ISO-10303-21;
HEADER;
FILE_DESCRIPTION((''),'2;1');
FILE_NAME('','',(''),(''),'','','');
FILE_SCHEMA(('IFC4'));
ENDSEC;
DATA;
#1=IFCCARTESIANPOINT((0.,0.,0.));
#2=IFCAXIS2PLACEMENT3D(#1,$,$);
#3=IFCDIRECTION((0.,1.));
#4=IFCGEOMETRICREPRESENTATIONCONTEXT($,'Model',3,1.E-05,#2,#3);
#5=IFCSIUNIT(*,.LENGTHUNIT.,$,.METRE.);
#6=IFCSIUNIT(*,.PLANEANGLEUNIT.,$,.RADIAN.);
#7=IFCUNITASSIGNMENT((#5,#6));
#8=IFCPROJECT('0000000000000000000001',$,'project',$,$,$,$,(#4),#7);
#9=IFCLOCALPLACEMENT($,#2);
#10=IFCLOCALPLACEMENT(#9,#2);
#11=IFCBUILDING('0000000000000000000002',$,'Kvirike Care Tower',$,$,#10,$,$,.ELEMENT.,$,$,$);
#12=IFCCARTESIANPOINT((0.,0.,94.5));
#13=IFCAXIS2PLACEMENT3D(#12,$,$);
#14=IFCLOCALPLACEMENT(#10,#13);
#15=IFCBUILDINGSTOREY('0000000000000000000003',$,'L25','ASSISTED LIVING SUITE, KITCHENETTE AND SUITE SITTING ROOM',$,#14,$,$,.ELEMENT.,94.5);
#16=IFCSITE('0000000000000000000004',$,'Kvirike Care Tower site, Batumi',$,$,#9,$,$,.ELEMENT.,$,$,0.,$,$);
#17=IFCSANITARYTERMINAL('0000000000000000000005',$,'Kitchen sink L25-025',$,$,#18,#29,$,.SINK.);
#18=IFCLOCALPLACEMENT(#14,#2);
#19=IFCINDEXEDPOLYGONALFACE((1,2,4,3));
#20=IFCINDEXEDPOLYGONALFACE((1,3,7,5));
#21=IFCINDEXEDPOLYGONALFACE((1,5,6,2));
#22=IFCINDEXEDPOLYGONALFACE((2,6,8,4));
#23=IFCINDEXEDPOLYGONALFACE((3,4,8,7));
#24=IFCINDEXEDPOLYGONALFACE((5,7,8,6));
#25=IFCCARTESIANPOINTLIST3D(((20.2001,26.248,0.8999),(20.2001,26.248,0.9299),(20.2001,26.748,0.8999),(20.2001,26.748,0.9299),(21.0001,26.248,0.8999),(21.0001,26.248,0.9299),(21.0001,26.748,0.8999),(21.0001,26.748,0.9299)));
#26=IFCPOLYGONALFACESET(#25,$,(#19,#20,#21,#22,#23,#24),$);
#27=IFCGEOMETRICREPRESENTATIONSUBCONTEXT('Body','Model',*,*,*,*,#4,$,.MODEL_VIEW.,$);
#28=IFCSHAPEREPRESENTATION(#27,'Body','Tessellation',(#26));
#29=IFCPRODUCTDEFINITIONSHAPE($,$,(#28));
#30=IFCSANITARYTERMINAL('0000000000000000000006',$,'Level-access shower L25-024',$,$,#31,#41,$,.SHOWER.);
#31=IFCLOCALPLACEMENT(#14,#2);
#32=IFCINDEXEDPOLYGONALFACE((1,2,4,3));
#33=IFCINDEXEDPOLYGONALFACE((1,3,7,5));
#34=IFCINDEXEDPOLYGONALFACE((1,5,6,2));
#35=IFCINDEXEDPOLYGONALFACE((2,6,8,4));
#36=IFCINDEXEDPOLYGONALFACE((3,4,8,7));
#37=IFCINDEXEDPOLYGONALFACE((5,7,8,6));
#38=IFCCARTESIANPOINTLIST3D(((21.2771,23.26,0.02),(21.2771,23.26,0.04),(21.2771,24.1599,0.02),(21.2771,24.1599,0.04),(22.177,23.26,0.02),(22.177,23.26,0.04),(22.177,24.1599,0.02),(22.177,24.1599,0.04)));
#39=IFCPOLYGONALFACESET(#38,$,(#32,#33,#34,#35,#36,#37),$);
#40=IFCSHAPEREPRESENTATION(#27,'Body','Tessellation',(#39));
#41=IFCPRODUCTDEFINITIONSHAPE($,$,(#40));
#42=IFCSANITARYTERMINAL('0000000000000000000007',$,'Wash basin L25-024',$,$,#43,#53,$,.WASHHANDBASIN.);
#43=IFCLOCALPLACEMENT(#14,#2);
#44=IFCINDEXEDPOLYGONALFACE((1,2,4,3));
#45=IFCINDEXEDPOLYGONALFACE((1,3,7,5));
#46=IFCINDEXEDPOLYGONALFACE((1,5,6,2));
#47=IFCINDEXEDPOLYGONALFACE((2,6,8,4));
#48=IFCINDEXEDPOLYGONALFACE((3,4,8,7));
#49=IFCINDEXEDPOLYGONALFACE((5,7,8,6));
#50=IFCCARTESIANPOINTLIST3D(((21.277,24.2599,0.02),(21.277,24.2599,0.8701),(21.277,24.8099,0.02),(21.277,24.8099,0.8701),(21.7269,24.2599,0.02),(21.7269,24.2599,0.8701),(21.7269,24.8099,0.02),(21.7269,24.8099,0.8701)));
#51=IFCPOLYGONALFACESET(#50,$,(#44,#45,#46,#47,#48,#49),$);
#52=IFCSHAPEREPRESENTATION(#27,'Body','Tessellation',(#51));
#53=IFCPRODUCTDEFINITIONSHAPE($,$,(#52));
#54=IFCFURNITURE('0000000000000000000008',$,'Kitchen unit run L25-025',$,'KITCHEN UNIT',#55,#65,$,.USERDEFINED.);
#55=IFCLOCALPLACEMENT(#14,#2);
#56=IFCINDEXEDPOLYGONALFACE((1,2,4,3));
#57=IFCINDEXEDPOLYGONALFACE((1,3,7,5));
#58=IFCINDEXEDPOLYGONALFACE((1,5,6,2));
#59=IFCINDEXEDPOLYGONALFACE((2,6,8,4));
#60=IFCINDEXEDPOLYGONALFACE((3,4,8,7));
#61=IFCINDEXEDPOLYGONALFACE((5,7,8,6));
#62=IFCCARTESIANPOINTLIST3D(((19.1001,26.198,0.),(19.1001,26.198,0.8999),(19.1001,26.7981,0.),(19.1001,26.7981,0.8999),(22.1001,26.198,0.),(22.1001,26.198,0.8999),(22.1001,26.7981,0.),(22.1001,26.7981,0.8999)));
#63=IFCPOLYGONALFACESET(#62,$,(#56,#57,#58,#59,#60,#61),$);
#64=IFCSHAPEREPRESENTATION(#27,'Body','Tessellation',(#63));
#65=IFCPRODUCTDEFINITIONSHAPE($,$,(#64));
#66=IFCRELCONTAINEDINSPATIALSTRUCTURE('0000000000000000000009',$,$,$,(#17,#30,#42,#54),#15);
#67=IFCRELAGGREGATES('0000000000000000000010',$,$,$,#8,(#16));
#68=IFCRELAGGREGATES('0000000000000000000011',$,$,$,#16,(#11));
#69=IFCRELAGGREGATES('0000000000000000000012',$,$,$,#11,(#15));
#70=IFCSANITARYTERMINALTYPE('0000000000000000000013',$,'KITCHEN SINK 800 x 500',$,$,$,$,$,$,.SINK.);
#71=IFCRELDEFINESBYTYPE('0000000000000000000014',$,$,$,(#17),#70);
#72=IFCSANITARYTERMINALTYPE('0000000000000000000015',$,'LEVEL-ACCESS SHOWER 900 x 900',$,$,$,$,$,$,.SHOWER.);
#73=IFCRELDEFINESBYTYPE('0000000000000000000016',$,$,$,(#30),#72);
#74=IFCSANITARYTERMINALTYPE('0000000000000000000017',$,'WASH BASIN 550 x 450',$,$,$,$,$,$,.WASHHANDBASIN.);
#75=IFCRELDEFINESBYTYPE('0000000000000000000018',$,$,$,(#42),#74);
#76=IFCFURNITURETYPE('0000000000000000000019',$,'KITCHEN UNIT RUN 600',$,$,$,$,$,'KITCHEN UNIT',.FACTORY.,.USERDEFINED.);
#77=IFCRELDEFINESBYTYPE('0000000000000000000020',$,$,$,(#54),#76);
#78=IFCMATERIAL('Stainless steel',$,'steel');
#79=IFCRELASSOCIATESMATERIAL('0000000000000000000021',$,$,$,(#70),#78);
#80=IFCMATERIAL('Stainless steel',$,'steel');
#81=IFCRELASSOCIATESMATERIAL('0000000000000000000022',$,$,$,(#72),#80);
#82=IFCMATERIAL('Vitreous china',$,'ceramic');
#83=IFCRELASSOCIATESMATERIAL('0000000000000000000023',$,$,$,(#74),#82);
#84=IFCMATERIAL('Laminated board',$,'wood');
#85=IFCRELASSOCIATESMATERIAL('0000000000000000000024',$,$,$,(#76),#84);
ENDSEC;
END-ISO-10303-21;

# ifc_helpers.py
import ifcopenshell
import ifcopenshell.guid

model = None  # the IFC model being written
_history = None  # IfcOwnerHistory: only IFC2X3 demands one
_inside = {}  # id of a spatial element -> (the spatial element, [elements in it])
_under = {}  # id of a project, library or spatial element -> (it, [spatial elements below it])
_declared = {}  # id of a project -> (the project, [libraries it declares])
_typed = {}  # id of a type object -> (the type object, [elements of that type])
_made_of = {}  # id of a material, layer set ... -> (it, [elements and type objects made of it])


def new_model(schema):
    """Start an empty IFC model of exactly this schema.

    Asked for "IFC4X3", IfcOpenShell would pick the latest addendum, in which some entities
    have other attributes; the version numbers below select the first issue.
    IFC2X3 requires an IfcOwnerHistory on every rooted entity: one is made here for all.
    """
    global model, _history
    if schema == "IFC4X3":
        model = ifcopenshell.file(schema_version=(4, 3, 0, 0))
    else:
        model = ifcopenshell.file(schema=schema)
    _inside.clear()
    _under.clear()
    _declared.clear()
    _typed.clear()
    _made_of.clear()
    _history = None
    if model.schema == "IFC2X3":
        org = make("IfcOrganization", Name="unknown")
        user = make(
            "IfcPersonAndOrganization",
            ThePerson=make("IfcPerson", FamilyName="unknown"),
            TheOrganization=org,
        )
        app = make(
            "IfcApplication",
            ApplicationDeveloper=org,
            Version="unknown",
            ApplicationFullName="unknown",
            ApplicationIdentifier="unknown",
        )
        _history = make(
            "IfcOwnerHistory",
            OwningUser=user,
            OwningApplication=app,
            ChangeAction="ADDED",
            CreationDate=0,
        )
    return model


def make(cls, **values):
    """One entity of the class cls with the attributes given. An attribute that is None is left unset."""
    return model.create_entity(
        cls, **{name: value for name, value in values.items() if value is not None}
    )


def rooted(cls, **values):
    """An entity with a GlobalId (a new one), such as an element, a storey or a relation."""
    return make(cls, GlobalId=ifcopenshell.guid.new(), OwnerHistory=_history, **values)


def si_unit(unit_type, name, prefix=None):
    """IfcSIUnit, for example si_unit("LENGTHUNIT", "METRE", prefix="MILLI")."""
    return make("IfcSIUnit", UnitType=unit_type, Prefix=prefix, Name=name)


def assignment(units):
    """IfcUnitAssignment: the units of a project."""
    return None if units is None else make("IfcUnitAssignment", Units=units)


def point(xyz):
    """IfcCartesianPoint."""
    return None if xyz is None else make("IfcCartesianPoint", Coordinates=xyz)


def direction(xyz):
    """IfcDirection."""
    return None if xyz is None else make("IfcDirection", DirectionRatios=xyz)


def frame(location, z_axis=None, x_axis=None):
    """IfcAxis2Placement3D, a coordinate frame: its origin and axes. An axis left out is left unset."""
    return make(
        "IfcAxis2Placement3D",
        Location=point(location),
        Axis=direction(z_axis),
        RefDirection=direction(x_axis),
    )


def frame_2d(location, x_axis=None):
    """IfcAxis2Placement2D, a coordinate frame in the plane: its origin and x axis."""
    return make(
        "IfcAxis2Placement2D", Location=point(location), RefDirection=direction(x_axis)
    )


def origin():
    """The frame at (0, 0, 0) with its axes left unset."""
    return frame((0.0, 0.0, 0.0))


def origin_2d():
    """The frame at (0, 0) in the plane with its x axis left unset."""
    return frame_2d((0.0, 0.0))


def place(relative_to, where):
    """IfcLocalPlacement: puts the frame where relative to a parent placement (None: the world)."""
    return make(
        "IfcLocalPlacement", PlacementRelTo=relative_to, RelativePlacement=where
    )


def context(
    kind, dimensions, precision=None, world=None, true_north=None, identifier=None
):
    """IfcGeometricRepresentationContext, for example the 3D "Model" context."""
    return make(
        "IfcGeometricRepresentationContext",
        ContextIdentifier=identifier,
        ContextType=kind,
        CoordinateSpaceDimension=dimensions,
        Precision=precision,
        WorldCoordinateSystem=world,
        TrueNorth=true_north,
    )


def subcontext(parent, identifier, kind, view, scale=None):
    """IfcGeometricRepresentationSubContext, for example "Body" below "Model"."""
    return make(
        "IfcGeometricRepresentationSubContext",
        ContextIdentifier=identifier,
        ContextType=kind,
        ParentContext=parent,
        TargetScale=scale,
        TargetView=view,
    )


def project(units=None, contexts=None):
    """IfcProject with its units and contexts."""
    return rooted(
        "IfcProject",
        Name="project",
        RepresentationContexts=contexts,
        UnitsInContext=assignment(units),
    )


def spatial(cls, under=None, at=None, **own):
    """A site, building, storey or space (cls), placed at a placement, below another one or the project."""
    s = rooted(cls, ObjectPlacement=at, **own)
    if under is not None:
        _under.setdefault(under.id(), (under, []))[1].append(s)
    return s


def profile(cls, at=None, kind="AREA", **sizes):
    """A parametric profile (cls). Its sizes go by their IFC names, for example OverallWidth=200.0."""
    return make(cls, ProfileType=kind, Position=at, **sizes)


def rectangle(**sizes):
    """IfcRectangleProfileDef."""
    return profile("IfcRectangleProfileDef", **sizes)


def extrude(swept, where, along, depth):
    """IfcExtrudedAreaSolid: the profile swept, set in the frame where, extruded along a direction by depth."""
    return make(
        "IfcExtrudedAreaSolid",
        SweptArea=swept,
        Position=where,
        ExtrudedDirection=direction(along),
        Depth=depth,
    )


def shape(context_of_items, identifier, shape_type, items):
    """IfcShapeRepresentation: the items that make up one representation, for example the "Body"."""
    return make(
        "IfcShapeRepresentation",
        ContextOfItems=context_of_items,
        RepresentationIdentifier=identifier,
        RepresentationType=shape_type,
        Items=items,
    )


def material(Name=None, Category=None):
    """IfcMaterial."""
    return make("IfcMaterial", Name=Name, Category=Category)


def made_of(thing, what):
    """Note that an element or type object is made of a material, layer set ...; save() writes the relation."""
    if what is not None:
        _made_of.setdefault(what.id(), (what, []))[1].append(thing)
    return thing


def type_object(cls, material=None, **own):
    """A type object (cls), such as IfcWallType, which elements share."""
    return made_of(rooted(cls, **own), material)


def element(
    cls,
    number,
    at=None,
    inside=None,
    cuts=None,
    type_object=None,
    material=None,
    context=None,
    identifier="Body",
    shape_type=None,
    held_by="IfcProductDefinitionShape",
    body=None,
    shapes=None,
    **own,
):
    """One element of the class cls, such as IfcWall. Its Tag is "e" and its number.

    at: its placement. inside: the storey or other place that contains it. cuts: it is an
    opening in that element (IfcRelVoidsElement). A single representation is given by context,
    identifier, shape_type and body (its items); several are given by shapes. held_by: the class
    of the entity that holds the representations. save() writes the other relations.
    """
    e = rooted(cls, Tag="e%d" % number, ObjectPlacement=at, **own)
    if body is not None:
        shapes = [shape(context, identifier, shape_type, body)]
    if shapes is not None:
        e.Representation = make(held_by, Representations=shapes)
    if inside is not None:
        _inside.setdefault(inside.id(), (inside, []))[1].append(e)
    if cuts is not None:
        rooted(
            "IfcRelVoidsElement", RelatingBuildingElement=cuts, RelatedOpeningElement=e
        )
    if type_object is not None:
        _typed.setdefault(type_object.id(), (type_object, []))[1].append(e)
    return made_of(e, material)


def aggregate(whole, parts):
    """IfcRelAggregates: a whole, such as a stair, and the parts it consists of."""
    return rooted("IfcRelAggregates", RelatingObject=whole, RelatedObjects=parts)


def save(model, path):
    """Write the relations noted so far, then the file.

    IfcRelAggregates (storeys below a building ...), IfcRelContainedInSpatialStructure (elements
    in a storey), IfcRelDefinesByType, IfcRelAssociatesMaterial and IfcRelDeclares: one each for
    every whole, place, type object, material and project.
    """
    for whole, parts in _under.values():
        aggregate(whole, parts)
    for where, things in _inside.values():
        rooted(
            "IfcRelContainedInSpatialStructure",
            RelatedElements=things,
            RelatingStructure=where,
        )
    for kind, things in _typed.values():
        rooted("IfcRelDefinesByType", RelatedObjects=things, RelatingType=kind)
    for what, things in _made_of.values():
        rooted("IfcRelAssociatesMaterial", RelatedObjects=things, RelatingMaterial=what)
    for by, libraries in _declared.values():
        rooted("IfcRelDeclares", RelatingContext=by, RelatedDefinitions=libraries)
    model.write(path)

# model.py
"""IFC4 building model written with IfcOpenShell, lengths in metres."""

from ifc_helpers import new_model, si_unit, direction, frame, origin, origin_2d, place, context, subcontext, project, spatial, rectangle, extrude, material, type_object, element, save


model = new_model("IFC4")

# Units and contexts
model_context = context("Model", 3, precision=1e-05, world=origin(), true_north=direction((0.0, 1.0)))
body_context = subcontext(model_context, "Body", "Model", "MODEL_VIEW")
ifc_project = project(units=[si_unit("LENGTHUNIT", "METRE"), si_unit("PLANEANGLEUNIT", "RADIAN")], contexts=[model_context])

# Site, building, storey
site_placement = place(None, origin())
site = spatial("IfcSite", under=ifc_project, at=site_placement, Name="Kvirike Care Tower site, Batumi", CompositionType="ELEMENT", RefElevation=0.0)
building_placement = place(site_placement, origin())
building = spatial("IfcBuilding", under=site, at=building_placement, Name="Kvirike Care Tower", CompositionType="ELEMENT")
storey_placement = place(building_placement, frame((0.0, 0.0, 94.5)))
storey = spatial("IfcBuildingStorey", under=building, at=storey_placement, Name="L25", Description="ASSISTED LIVING SUITE, KITCHENETTE AND SUITE SITTING ROOM", CompositionType="ELEMENT", Elevation=94.5)

# Sanitary terminals
ifc_material_1 = material(Name="Stainless steel", Category="steel")
sanitary_terminal_type_1 = type_object("IfcSanitaryTerminalType", Name="KITCHEN SINK 800 x 500", PredefinedType="SINK", material=ifc_material_1)
sanitary_terminal_1_placement = place(storey_placement, frame((20.6001, 26.498, 0.8999), z_axis=(0.0, 0.0, 1.0), x_axis=(1.0, 0.0, 0.0)))
element("IfcSanitaryTerminal", 1, at=sanitary_terminal_1_placement, inside=storey, type_object=sanitary_terminal_type_1, Name="Kitchen sink L25-025", PredefinedType="SINK", context=body_context, shape_type="SweptSolid", body=[
    extrude(rectangle(XDim=0.8, YDim=0.5, at=origin_2d()), origin(), (0.0, 0.0, 1.0), 0.03),
])
ifc_material_2 = material(Name="Stainless steel", Category="steel")
sanitary_terminal_type_2 = type_object("IfcSanitaryTerminalType", Name="LEVEL-ACCESS SHOWER 900 x 900", PredefinedType="SHOWER", material=ifc_material_2)
sanitary_terminal_2_placement = place(storey_placement, frame((21.7271, 23.71, 0.02), z_axis=(0.0, 0.0, 1.0), x_axis=(0.0, 1.0, 0.0)))
element("IfcSanitaryTerminal", 2, at=sanitary_terminal_2_placement, inside=storey, type_object=sanitary_terminal_type_2, Name="Level-access shower L25-024", PredefinedType="SHOWER", context=body_context, shape_type="SweptSolid", body=[
    extrude(rectangle(XDim=0.8999, YDim=0.8999, at=origin_2d()), origin(), (0.0, 0.0, 1.0), 0.02),
])
ifc_material_3 = material(Name="Vitreous china", Category="ceramic")
sanitary_terminal_type_3 = type_object("IfcSanitaryTerminalType", Name="WASH BASIN 550 x 450", PredefinedType="WASHHANDBASIN", material=ifc_material_3)
sanitary_terminal_3_placement = place(storey_placement, frame((21.502, 24.5349, 0.02), z_axis=(0.0, 0.0, 1.0), x_axis=(0.0, 1.0, 0.0)))
element("IfcSanitaryTerminal", 3, at=sanitary_terminal_3_placement, inside=storey, type_object=sanitary_terminal_type_3, Name="Wash basin L25-024", PredefinedType="WASHHANDBASIN", context=body_context, shape_type="SweptSolid", body=[
    extrude(rectangle(XDim=0.55, YDim=0.45, at=origin_2d()), origin(), (0.0, 0.0, 1.0), 0.8501),
])

# Furniture
ifc_material_4 = material(Name="Laminated board", Category="wood")
furniture_type = type_object("IfcFurnitureType", Name="KITCHEN UNIT RUN 600", ElementType="KITCHEN UNIT", AssemblyPlace="FACTORY", PredefinedType="USERDEFINED", material=ifc_material_4)
furniture_placement = place(storey_placement, frame((20.6001, 26.498, 0.0), z_axis=(0.0, 0.0, 1.0), x_axis=(1.0, 0.0, 0.0)))
element("IfcFurniture", 4, at=furniture_placement, inside=storey, type_object=furniture_type, Name="Kitchen unit run L25-025", ObjectType="KITCHEN UNIT", PredefinedType="USERDEFINED", context=body_context, shape_type="SweptSolid", body=[
    extrude(rectangle(XDim=3.0, YDim=0.6001, at=origin_2d()), origin(), (0.0, 0.0, 1.0), 0.8999),
])

save(model, "model.ifc")
